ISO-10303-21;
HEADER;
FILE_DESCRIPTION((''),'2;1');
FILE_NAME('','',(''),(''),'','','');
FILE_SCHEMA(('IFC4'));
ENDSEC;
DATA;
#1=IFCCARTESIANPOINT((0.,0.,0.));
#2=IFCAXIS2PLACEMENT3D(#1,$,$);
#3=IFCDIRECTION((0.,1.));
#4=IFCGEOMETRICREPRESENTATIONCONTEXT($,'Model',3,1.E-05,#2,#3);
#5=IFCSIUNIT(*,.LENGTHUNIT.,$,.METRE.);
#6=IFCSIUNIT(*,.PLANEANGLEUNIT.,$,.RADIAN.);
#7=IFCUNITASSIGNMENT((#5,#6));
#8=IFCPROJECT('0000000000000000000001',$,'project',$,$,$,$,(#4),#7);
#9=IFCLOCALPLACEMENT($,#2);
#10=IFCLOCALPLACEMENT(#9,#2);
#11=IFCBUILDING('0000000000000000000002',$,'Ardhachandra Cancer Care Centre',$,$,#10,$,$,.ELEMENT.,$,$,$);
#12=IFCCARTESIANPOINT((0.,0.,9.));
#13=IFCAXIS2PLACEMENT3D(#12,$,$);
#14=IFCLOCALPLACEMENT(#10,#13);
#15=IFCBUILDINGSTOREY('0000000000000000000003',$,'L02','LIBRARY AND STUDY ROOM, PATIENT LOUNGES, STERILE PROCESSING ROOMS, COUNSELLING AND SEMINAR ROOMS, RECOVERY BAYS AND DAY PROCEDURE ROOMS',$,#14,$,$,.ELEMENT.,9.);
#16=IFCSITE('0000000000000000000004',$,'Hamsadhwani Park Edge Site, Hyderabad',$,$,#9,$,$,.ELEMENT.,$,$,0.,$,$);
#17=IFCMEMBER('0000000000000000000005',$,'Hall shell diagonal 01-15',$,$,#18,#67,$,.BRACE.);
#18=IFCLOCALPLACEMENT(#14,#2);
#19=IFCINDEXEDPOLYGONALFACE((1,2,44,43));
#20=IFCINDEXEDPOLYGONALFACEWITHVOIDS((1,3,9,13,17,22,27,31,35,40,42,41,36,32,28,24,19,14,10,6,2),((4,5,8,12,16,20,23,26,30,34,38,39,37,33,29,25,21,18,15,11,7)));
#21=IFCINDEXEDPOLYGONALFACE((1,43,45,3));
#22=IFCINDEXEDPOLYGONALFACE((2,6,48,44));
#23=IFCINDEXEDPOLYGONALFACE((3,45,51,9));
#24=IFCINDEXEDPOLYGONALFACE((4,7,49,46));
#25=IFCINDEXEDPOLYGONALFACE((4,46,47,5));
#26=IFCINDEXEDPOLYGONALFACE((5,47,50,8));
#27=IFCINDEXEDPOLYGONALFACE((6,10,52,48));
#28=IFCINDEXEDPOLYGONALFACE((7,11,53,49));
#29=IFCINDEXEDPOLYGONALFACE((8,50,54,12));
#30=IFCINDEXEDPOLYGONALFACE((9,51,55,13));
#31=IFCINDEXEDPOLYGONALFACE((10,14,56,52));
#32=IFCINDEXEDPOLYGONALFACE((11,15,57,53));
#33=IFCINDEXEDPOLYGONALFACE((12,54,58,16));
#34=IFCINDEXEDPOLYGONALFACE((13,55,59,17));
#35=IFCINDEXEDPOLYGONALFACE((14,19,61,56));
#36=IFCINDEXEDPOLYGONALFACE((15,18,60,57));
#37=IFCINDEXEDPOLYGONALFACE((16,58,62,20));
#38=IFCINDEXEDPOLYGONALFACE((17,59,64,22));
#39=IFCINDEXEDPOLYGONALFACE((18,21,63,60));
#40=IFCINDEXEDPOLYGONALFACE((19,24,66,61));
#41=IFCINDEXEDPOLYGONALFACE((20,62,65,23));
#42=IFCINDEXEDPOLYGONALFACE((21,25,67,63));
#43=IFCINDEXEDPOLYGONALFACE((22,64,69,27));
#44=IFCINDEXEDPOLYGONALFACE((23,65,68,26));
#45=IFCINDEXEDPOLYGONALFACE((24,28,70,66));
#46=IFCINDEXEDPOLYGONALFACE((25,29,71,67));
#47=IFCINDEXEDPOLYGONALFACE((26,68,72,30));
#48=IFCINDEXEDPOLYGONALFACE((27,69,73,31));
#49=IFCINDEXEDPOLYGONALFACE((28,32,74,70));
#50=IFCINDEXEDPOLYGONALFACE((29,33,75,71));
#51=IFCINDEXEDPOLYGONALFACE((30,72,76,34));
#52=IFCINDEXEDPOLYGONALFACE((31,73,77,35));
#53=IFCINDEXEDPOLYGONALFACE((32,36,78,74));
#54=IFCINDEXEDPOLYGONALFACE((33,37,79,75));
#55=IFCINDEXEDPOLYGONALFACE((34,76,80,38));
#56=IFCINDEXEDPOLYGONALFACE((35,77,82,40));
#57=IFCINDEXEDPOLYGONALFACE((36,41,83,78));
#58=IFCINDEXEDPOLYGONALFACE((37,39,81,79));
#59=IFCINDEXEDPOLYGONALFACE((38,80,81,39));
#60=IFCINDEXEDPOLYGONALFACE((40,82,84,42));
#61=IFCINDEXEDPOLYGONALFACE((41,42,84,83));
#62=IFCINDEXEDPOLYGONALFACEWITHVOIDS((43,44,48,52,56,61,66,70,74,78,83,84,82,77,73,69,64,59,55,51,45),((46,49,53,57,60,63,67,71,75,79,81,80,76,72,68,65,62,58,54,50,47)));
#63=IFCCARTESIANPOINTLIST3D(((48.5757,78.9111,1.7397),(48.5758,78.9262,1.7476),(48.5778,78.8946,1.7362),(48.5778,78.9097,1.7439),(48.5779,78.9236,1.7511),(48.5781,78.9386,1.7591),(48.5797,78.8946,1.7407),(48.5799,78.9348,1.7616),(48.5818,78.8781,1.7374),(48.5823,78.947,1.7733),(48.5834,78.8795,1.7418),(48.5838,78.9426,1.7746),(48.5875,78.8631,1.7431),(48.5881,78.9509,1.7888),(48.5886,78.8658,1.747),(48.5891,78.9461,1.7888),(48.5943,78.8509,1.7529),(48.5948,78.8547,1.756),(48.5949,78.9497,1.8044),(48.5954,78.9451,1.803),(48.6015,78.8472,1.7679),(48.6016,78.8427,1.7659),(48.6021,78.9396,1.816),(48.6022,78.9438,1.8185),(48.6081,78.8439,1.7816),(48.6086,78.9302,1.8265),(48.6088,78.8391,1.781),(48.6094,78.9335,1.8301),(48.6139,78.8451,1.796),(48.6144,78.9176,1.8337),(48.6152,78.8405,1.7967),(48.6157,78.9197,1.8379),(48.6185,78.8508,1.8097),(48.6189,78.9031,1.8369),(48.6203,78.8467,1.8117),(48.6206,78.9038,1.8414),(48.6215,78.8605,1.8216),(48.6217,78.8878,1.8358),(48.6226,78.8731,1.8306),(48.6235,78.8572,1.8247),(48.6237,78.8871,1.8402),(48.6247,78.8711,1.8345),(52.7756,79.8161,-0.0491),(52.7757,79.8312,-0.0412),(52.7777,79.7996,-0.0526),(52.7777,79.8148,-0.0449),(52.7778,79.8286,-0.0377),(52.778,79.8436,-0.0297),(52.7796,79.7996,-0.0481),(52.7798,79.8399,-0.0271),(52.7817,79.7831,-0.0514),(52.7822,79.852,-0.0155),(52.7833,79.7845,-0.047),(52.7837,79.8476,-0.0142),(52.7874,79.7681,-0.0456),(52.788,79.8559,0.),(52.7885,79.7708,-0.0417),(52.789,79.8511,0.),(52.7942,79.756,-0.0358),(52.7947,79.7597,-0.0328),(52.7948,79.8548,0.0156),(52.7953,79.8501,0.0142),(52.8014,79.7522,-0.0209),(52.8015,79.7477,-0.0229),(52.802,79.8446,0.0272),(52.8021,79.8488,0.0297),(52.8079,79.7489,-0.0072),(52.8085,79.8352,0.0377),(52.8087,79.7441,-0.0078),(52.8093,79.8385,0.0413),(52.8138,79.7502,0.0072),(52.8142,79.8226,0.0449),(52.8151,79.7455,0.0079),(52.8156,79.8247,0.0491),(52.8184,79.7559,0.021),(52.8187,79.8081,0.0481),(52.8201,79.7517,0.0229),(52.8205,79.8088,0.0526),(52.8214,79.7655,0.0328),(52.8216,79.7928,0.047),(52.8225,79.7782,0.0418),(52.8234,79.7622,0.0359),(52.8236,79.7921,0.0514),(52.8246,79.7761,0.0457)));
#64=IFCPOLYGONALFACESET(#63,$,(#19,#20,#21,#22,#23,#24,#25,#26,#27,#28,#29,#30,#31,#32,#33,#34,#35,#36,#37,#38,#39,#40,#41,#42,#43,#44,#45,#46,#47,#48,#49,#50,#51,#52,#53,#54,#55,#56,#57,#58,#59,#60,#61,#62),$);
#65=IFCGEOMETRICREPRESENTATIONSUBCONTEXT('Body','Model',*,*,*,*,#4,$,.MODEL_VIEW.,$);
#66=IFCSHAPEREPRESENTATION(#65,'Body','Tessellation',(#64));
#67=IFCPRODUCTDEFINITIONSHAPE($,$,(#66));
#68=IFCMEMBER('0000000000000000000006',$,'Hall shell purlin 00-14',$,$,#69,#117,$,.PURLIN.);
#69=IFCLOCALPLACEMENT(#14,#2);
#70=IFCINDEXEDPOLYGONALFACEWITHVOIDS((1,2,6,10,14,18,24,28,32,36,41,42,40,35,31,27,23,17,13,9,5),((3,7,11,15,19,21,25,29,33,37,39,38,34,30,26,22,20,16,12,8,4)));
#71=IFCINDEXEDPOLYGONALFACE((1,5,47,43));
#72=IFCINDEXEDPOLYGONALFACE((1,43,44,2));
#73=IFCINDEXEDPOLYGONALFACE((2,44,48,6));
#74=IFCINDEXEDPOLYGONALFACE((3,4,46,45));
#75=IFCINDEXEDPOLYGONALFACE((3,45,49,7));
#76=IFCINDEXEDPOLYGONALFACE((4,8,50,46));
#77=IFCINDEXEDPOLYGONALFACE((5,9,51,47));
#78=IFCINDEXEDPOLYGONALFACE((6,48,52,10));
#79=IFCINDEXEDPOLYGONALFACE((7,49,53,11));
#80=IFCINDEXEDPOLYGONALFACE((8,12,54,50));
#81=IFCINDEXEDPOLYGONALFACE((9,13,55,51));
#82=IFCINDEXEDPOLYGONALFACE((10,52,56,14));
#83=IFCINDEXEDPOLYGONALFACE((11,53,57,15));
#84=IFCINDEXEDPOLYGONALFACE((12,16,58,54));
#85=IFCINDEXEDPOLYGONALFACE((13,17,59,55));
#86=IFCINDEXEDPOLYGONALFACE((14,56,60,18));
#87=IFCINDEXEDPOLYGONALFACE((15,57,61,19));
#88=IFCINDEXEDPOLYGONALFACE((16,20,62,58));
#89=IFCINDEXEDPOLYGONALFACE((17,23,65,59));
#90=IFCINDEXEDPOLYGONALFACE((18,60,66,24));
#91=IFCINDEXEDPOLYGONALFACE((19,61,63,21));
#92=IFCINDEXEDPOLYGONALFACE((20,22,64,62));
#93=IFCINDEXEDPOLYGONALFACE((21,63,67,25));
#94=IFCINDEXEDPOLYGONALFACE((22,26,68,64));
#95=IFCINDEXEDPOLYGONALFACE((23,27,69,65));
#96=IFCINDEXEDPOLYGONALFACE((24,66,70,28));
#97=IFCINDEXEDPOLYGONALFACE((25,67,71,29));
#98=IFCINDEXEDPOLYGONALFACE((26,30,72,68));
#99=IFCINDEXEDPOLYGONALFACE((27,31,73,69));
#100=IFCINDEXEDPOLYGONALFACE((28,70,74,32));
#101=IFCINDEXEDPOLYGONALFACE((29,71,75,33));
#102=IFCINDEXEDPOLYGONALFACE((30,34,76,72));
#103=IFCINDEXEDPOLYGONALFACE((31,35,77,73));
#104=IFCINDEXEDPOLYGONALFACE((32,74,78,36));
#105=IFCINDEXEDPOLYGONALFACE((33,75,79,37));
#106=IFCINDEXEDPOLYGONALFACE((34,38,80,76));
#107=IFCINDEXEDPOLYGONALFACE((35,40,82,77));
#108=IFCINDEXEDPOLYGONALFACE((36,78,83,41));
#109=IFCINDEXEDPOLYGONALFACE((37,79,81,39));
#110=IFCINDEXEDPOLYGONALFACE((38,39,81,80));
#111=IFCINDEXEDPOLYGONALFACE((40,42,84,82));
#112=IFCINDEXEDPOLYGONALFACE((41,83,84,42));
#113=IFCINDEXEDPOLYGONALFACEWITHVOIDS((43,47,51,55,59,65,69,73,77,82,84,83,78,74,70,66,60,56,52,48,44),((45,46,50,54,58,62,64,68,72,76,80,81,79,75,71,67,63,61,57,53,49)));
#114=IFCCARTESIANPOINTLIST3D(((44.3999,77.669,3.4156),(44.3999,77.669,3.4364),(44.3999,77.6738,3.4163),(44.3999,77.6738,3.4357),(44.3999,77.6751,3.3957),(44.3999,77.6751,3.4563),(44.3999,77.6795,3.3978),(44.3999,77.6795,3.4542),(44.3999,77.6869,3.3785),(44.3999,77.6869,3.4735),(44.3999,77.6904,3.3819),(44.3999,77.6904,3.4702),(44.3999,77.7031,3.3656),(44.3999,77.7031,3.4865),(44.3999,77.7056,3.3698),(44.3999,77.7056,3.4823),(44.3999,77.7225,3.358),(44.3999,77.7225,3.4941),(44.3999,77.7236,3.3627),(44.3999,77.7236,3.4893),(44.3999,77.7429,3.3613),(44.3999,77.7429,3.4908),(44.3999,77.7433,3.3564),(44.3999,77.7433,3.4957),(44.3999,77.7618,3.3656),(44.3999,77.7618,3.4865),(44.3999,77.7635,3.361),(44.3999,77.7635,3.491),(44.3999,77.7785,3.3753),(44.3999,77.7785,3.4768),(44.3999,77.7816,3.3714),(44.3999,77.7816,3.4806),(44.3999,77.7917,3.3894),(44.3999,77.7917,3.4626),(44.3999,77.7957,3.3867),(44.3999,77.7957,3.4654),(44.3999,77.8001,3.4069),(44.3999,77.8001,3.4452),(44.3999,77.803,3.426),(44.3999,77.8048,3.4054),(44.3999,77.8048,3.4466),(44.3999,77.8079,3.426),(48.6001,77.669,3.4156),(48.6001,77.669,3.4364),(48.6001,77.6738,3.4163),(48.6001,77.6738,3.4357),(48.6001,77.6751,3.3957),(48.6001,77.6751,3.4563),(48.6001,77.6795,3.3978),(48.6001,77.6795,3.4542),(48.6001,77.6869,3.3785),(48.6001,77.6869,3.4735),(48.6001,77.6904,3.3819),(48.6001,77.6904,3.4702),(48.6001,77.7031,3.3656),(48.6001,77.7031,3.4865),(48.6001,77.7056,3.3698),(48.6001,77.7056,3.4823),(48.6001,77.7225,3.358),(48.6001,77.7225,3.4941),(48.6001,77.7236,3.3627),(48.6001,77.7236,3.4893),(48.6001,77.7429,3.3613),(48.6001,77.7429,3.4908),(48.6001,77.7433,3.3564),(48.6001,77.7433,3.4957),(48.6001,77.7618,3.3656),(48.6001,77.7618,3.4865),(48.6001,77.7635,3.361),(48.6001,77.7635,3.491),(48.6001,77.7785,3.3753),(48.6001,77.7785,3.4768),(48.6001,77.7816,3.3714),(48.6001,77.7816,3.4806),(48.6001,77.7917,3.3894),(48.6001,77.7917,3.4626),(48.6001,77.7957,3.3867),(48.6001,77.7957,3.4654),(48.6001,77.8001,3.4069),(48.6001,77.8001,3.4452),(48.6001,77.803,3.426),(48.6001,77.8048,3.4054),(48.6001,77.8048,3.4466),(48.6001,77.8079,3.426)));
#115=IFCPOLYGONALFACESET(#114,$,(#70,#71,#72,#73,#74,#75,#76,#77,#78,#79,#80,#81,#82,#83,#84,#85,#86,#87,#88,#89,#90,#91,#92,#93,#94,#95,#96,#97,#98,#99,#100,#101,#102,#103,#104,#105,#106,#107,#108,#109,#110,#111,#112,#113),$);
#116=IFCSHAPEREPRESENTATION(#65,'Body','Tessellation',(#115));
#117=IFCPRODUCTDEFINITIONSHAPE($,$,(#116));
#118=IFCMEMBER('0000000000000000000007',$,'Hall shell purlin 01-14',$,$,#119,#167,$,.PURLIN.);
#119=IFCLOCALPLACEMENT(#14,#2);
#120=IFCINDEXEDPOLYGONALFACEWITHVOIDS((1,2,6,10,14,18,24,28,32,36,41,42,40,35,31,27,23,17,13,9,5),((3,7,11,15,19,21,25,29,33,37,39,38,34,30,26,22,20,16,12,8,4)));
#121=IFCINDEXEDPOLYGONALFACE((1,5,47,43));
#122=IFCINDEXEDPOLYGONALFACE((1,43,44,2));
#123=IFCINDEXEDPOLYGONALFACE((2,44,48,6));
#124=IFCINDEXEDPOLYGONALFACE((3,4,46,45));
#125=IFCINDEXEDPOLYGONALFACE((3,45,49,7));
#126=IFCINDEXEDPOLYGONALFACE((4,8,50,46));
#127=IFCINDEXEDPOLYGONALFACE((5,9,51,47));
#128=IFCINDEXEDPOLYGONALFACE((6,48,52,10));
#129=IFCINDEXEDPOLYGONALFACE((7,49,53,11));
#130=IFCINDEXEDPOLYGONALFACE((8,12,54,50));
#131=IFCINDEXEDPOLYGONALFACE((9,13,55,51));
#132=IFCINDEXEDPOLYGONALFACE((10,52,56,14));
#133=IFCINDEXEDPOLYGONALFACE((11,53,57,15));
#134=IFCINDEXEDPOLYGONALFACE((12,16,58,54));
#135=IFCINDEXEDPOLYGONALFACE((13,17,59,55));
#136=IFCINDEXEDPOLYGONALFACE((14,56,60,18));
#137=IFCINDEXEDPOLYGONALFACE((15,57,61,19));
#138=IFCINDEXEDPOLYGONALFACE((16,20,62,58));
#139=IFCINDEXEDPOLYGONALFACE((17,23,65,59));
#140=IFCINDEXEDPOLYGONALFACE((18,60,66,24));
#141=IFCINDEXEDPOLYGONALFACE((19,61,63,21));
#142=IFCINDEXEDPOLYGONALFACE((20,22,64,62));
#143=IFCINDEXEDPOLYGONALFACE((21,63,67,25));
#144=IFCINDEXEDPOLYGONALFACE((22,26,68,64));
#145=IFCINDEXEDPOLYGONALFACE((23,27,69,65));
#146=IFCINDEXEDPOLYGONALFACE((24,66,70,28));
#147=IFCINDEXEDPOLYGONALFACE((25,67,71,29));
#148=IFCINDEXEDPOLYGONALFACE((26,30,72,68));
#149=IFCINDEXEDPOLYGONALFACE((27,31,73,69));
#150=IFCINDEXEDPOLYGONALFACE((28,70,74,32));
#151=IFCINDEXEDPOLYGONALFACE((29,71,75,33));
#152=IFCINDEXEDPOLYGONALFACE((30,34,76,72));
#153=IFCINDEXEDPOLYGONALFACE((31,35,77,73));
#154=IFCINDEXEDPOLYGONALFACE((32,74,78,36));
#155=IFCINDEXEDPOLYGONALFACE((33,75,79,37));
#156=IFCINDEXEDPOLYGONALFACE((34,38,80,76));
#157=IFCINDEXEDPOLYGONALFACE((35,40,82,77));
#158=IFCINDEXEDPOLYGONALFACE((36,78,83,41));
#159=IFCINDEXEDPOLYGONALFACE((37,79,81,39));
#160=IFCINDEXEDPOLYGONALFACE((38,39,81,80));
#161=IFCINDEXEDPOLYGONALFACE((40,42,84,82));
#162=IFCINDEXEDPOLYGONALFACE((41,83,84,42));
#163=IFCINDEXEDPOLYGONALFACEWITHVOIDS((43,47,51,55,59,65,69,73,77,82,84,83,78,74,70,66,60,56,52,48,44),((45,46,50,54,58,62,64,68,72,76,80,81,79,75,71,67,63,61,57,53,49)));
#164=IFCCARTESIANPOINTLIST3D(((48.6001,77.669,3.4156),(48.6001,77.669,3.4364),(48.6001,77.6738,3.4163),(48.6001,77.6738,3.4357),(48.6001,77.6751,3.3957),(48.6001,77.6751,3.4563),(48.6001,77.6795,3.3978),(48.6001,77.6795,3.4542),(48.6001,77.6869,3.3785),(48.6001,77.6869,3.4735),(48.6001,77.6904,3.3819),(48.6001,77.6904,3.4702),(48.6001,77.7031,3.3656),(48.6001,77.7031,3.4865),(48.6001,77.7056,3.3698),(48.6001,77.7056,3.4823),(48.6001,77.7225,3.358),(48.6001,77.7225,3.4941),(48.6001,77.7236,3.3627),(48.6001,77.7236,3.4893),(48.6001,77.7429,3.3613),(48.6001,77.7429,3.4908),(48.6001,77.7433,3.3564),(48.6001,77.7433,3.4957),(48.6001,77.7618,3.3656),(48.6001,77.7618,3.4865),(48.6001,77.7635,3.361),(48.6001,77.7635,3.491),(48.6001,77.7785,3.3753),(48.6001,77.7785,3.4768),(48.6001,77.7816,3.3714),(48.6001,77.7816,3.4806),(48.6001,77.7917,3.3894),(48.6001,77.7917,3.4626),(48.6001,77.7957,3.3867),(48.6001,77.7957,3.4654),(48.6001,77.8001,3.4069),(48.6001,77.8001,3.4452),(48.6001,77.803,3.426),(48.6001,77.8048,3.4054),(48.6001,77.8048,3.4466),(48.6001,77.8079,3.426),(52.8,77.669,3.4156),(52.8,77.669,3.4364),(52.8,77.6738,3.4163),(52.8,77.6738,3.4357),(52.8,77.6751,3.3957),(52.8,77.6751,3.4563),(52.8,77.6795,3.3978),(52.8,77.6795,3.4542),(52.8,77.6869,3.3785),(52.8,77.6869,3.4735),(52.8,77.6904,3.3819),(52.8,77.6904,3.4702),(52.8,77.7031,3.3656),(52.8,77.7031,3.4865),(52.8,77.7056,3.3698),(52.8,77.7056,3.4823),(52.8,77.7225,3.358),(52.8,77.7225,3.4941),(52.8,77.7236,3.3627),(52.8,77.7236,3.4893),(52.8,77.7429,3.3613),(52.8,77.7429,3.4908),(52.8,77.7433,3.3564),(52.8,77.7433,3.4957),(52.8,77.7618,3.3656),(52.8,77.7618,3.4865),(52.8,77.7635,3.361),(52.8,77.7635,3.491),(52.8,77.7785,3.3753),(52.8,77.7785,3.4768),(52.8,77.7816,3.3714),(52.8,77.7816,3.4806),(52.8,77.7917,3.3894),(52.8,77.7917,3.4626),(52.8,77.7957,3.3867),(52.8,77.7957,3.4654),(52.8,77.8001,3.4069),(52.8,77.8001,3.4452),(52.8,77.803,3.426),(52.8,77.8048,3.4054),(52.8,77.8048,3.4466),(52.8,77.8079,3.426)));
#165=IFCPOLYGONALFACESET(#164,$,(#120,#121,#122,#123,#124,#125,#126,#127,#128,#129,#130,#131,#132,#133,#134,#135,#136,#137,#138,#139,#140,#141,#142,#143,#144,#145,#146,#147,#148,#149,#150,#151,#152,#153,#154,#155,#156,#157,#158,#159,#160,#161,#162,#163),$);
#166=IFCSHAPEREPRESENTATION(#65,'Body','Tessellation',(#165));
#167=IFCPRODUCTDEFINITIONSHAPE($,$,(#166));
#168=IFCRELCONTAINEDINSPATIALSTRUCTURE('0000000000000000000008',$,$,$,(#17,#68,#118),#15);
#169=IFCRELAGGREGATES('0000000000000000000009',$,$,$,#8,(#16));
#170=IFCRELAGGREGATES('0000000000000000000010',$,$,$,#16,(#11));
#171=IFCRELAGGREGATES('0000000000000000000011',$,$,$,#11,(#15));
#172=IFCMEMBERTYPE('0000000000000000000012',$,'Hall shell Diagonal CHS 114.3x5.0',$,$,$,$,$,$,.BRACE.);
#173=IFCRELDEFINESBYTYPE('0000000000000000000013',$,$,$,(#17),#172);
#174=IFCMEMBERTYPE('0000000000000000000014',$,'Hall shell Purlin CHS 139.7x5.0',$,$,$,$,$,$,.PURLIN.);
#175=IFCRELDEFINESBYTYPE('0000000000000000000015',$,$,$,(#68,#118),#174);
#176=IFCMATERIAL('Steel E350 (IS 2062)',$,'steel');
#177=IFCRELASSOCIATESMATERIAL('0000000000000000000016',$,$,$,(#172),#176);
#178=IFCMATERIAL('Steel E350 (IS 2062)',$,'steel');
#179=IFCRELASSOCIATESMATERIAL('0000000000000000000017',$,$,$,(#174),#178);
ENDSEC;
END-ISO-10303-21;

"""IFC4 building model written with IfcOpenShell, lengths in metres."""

from ifc_helpers import new_model, si_unit, direction, frame, origin, origin_2d, place, context, subcontext, project, spatial, hollow_circle, extrude, material, material_profile, profile_set, type_object, element, save


model = new_model("IFC4")

# Units and contexts
model_context = context("Model", 3, precision=1e-05, world=origin(), true_north=direction((0.0, 1.0)))
body_context = subcontext(model_context, "Body", "Model", "MODEL_VIEW")
ifc_project = project(units=[si_unit("LENGTHUNIT", "METRE"), si_unit("PLANEANGLEUNIT", "RADIAN")], contexts=[model_context])

# Site, building, storey
site_placement = place(None, origin())
site = spatial("IfcSite", under=ifc_project, at=site_placement, Name="Hamsadhwani Park Edge Site, Hyderabad", CompositionType="ELEMENT", RefElevation=0.0)
building_placement = place(site_placement, origin())
building = spatial("IfcBuilding", under=site, at=building_placement, Name="Ardhachandra Cancer Care Centre", CompositionType="ELEMENT")
storey_placement = place(building_placement, frame((0.0, 0.0, 9.0)))
storey = spatial("IfcBuildingStorey", under=building, at=storey_placement, Name="L02", Description="LIBRARY AND STUDY ROOM, PATIENT LOUNGES, STERILE PROCESSING ROOMS, COUNSELLING AND SEMINAR ROOMS, RECOVERY BAYS AND DAY PROCEDURE ROOMS", CompositionType="ELEMENT", Elevation=9.0)

# Members
ifc_material_1 = material(Name="Steel E350 (IS 2062)", Category="steel")
ifc_material_profile_1 = material_profile(ifc_material_1, hollow_circle(Radius=0.0571, WallThickness=0.0049, at=origin_2d()), Name="CHS 114.3x5.0")
ifc_profile_set_1 = profile_set([ifc_material_profile_1], Name="Steel E350 (IS 2062)")
member_type_1 = type_object("IfcMemberType", Name="Hall shell Diagonal CHS 114.3x5.0", PredefinedType="BRACE", material=ifc_profile_set_1)
member_1_placement = place(storey_placement, frame((48.6001, 78.895, 1.7888), z_axis=(0.902464, 0.194468, -0.384372), x_axis=(-0.21065, 0.977561, 0.0)))
element("IfcMember", 1, at=member_1_placement, inside=storey, type_object=member_type_1, Name="Hall shell diagonal 01-15", PredefinedType="BRACE", context=body_context, shape_type="SweptSolid", body=[
    extrude(hollow_circle(Radius=0.0571, WallThickness=0.0049, at=origin_2d()), origin(), (0.0, 0.0, 1.0), 4.6538),
])
ifc_material_2 = material(Name="Steel E350 (IS 2062)", Category="steel")
ifc_material_profile_2 = material_profile(ifc_material_2, hollow_circle(Radius=0.0698, WallThickness=0.0049, at=origin_2d()), Name="CHS 139.7x5.0")
ifc_profile_set_2 = profile_set([ifc_material_profile_2], Name="Steel E350 (IS 2062)")
member_type_2 = type_object("IfcMemberType", Name="Hall shell Purlin CHS 139.7x5.0", PredefinedType="PURLIN", material=ifc_profile_set_2)
member_2_placement = place(storey_placement, frame((44.3999, 77.738, 3.426), z_axis=(1.0, 0.0, 0.0), x_axis=(0.0, 1.0, 0.0)))
element("IfcMember", 2, at=member_2_placement, inside=storey, type_object=member_type_2, Name="Hall shell purlin 00-14", PredefinedType="PURLIN", context=body_context, shape_type="SweptSolid", body=[
    extrude(hollow_circle(Radius=0.0698, WallThickness=0.0049, at=origin_2d()), origin(), (0.0, 0.0, 1.0), 4.2002),
])
member_3_placement = place(storey_placement, frame((48.6001, 77.738, 3.426), z_axis=(1.0, 0.0, 0.0), x_axis=(0.0, 1.0, 0.0)))
element("IfcMember", 3, at=member_3_placement, inside=storey, type_object=member_type_2, Name="Hall shell purlin 01-14", PredefinedType="PURLIN", context=body_context, shape_type="SweptSolid", body=[
    extrude(hollow_circle(Radius=0.0698, WallThickness=0.0049, at=origin_2d()), origin(), (0.0, 0.0, 1.0), 4.2),
])

save(model, "model.ifc")
